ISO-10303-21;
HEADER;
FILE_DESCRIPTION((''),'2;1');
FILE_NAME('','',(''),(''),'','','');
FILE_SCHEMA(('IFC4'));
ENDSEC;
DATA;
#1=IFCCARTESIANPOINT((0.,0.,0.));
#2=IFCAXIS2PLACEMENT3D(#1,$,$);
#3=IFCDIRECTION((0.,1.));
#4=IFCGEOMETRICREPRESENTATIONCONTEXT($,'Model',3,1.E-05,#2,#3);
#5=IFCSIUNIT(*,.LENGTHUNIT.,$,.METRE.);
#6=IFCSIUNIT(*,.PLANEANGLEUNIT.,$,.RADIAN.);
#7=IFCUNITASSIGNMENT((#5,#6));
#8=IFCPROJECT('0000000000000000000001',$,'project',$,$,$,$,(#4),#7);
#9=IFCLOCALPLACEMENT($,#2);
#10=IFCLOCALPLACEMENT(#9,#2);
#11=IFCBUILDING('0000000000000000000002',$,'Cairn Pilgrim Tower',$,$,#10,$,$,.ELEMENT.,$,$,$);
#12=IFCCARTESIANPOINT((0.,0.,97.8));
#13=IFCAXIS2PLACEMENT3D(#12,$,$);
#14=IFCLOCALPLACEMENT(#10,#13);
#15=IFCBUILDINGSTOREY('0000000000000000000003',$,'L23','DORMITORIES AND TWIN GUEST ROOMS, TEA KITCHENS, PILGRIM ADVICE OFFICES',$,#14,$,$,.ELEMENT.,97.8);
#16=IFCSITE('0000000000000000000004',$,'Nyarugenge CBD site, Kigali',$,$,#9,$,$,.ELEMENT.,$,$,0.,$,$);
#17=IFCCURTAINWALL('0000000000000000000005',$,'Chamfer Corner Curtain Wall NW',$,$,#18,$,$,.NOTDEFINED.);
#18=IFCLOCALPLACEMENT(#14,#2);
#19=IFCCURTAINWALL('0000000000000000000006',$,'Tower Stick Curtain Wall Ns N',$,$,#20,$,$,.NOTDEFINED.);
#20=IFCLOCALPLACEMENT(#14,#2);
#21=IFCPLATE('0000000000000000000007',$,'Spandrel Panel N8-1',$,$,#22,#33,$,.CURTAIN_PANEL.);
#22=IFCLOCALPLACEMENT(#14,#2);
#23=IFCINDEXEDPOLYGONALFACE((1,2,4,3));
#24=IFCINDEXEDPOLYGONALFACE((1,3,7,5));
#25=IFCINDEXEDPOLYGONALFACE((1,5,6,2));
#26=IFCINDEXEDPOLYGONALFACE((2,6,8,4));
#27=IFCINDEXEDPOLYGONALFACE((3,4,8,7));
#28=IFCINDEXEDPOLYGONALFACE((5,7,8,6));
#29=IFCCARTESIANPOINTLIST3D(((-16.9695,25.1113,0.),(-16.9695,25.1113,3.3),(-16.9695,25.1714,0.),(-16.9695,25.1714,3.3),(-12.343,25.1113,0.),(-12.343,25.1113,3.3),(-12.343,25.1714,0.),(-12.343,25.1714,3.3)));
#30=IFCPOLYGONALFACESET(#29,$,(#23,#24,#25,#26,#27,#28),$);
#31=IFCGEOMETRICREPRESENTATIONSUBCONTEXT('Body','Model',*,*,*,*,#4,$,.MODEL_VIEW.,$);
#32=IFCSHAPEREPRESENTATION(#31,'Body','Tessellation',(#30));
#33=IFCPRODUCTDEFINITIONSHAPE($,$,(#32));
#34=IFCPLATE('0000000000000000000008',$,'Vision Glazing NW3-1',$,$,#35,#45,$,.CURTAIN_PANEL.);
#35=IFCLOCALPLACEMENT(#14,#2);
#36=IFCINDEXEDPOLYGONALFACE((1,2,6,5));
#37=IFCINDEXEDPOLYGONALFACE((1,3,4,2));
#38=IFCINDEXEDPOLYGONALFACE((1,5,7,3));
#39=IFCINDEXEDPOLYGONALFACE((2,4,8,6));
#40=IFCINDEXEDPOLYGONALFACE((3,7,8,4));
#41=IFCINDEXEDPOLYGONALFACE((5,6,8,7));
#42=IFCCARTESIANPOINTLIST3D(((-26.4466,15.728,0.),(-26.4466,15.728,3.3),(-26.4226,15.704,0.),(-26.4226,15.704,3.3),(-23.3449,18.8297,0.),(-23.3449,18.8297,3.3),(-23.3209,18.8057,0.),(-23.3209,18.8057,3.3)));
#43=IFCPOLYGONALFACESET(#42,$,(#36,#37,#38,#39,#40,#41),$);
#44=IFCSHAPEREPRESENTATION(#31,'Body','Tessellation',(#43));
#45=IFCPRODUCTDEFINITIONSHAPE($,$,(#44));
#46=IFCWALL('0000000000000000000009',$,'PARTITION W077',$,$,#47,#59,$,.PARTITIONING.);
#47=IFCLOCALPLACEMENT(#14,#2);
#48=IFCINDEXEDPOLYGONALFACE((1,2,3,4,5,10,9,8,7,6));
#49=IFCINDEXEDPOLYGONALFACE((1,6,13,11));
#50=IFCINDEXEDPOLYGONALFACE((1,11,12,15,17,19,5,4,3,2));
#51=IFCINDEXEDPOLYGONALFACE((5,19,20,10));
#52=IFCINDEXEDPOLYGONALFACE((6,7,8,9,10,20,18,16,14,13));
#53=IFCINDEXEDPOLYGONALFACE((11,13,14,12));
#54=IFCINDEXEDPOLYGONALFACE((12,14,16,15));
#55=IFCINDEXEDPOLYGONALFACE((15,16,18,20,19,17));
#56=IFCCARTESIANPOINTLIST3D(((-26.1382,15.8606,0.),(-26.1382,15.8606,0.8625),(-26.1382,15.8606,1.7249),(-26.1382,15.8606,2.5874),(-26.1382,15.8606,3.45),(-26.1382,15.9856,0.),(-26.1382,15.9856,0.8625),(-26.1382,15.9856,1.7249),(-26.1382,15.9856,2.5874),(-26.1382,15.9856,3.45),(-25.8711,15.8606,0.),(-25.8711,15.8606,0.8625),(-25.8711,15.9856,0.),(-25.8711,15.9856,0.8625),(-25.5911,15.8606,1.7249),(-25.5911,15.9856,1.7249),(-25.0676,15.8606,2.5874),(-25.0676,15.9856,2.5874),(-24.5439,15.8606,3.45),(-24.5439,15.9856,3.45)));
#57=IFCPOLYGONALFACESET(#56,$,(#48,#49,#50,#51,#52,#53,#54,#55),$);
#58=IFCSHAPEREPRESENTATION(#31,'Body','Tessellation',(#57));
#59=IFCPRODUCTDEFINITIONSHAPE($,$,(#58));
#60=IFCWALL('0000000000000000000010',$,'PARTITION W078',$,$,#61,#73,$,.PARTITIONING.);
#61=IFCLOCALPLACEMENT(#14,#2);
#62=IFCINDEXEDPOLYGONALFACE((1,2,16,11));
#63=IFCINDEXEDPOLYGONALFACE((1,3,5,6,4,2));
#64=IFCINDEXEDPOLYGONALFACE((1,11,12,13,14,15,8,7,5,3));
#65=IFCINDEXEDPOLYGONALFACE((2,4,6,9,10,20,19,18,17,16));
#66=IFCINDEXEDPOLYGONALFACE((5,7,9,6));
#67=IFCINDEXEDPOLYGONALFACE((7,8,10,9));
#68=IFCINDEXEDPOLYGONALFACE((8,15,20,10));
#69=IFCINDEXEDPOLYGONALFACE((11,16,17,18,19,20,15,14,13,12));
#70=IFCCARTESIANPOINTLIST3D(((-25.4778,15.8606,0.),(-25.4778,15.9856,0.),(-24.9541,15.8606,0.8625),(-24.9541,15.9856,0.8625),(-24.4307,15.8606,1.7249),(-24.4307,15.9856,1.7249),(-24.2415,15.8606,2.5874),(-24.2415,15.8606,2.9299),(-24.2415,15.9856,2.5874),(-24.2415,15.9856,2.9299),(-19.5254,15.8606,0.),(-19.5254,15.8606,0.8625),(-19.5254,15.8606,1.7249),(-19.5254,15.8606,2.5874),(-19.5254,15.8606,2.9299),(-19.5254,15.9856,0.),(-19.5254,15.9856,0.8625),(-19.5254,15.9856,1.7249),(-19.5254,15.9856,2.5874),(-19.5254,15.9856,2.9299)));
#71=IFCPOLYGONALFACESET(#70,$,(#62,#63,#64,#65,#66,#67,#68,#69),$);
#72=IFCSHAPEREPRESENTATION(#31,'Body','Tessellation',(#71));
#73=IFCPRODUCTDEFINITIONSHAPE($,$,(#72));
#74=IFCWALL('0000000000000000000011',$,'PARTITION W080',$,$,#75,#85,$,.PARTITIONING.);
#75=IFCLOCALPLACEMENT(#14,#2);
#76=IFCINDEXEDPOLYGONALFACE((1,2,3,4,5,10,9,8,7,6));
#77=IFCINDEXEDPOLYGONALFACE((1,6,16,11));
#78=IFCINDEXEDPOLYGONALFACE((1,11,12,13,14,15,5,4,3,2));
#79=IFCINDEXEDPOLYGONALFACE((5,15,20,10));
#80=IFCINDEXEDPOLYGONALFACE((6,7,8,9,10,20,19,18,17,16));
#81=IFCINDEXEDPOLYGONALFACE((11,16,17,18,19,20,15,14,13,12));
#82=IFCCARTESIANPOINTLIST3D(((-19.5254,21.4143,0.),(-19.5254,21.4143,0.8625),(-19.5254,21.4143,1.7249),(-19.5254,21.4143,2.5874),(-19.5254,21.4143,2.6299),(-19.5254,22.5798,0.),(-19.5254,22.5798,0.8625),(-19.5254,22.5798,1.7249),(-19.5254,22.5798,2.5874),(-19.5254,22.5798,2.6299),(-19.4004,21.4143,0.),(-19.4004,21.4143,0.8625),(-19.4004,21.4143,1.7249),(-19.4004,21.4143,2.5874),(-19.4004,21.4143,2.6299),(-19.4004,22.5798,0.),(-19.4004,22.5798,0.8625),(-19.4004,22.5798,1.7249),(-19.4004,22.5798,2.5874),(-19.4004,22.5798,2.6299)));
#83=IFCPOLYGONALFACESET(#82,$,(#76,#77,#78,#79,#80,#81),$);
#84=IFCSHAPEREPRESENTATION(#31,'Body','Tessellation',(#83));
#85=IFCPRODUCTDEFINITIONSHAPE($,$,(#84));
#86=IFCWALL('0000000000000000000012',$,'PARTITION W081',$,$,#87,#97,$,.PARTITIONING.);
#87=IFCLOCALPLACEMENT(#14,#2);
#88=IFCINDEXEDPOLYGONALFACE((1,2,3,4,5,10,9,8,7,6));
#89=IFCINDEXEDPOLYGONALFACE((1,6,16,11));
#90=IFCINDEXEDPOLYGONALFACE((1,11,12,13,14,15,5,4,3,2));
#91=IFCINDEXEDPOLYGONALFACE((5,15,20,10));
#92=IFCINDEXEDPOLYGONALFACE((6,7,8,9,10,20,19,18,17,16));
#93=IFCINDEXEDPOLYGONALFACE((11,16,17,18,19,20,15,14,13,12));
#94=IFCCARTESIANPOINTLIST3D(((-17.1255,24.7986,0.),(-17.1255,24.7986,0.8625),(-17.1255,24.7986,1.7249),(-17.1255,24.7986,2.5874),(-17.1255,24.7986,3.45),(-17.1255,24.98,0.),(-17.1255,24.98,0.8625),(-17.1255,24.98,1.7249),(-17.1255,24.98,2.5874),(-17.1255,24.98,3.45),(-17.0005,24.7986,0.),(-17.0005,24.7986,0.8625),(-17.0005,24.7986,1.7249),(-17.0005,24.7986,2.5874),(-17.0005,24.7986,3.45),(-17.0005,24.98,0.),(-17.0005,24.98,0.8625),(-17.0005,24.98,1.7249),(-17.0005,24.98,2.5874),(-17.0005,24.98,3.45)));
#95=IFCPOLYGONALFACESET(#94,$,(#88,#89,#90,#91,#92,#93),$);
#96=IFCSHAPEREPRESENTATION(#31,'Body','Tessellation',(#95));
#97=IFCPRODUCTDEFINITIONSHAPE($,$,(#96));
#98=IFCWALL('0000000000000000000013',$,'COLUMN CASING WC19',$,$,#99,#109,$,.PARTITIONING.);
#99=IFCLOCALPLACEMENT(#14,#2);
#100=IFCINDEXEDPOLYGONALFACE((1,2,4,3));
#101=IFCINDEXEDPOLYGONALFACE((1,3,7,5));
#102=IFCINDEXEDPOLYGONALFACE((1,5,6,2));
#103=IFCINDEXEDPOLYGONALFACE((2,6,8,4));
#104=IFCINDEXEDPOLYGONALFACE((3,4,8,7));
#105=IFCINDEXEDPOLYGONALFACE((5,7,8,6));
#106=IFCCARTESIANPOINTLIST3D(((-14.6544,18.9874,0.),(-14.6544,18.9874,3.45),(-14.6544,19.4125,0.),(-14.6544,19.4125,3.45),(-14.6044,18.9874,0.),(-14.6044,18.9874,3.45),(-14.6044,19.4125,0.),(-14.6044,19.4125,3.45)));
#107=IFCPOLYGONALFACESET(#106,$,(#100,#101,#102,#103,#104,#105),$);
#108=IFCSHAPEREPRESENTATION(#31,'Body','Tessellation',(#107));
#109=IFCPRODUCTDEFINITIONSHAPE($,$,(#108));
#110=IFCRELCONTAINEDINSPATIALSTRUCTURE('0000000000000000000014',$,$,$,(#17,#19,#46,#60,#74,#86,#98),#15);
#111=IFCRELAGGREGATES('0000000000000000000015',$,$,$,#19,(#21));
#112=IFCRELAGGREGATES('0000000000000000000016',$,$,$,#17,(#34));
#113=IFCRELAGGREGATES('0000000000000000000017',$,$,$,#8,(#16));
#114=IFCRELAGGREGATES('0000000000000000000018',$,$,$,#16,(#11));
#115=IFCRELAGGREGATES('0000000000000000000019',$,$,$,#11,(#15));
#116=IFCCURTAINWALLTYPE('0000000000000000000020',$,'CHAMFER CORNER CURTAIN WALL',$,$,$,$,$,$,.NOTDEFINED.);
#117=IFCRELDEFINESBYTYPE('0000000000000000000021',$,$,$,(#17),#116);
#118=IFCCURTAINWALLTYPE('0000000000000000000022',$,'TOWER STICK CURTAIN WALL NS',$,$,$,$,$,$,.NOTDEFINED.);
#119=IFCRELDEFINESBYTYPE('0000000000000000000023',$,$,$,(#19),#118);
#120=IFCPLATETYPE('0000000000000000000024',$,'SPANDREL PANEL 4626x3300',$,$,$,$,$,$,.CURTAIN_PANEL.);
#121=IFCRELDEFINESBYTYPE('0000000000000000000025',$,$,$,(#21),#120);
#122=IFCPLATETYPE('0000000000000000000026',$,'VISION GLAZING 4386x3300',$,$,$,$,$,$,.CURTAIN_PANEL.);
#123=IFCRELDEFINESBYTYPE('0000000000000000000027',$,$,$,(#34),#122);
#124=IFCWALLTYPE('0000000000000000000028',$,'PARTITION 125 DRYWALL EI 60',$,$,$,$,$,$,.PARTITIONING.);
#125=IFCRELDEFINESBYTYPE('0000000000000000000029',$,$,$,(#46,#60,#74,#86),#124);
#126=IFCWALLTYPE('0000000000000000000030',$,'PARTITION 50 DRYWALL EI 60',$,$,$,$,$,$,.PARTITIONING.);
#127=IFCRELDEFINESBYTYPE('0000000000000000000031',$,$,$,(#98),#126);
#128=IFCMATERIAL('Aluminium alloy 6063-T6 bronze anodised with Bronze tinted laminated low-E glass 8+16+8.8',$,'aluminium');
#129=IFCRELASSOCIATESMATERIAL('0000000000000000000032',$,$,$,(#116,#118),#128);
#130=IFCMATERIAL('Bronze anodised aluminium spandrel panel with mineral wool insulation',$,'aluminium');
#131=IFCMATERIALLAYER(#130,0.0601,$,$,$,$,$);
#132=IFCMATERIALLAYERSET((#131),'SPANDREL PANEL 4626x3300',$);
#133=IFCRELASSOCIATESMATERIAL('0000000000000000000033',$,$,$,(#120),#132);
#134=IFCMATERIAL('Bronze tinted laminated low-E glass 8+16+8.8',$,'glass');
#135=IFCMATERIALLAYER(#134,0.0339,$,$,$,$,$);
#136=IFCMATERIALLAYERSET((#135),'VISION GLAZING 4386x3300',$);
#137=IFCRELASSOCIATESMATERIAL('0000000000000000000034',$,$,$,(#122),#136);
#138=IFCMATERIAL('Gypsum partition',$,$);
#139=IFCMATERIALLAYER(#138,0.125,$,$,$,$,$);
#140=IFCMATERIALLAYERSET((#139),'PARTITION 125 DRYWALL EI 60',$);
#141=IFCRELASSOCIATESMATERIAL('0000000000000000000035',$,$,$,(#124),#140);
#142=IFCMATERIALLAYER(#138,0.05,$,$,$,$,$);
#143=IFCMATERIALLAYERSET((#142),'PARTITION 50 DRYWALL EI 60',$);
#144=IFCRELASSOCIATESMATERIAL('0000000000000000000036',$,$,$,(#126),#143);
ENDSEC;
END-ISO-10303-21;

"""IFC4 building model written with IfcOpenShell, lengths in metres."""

from ifc_helpers import new_model, si_unit, direction, frame, frame_2d, origin, origin_2d, place, context, subcontext, project, spatial, polyline, rectangle, outline, extrude, material, layer, layer_set, type_object, element, aggregate, save


model = new_model("IFC4")

# Units and contexts
model_context = context("Model", 3, precision=1e-05, world=origin(), true_north=direction((0.0, 1.0)))
body_context = subcontext(model_context, "Body", "Model", "MODEL_VIEW")
ifc_project = project(units=[si_unit("LENGTHUNIT", "METRE"), si_unit("PLANEANGLEUNIT", "RADIAN")], contexts=[model_context])

# Site, building, storey
site_placement = place(None, origin())
site = spatial("IfcSite", under=ifc_project, at=site_placement, Name="Nyarugenge CBD site, Kigali", CompositionType="ELEMENT", RefElevation=0.0)
building_placement = place(site_placement, origin())
building = spatial("IfcBuilding", under=site, at=building_placement, Name="Cairn Pilgrim Tower", CompositionType="ELEMENT")
storey_placement = place(building_placement, frame((0.0, 0.0, 97.8)))
storey = spatial("IfcBuildingStorey", under=building, at=storey_placement, Name="L23", Description="DORMITORIES AND TWIN GUEST ROOMS, TEA KITCHENS, PILGRIM ADVICE OFFICES", CompositionType="ELEMENT", Elevation=97.8)

# Curtain wall
ifc_material_1 = material(Name="Aluminium alloy 6063-T6 bronze anodised with Bronze tinted laminated low-E glass 8+16+8.8", Category="aluminium")
curtain_wall_type_1 = type_object("IfcCurtainWallType", Name="CHAMFER CORNER CURTAIN WALL", PredefinedType="NOTDEFINED", material=ifc_material_1)
curtain_wall_1_placement = place(storey_placement, origin())
curtain_wall_1 = element("IfcCurtainWall", 1, at=curtain_wall_1_placement, inside=storey, type_object=curtain_wall_type_1, Name="Chamfer Corner Curtain Wall NW", PredefinedType="NOTDEFINED")

# Shared definitions
ifc_material_2 = material(Name="Bronze anodised aluminium spandrel panel with mineral wool insulation", Category="aluminium")

# Curtain wall, plate
curtain_wall_type_2 = type_object("IfcCurtainWallType", Name="TOWER STICK CURTAIN WALL NS", PredefinedType="NOTDEFINED", material=ifc_material_1)
curtain_wall_2_placement = place(storey_placement, origin())
curtain_wall_2 = element("IfcCurtainWall", 2, at=curtain_wall_2_placement, inside=storey, type_object=curtain_wall_type_2, Name="Tower Stick Curtain Wall Ns N", PredefinedType="NOTDEFINED")
ifc_layer_1 = layer(ifc_material_2, 0.0601)
ifc_layer_set_1 = layer_set([ifc_layer_1], Name="SPANDREL PANEL 4626x3300")
plate_type_1 = type_object("IfcPlateType", Name="SPANDREL PANEL 4626x3300", PredefinedType="CURTAIN_PANEL", material=ifc_layer_set_1)
plate_1_placement = place(storey_placement, frame((-14.6562, 25.1414, 0.0), z_axis=(0.0, 0.0, 1.0), x_axis=(-1.0, 0.0, 0.0)))
plate_1 = element("IfcPlate", 3, at=plate_1_placement, type_object=plate_type_1, Name="Spandrel Panel N8-1", PredefinedType="CURTAIN_PANEL", context=body_context, shape_type="SweptSolid", body=[
    extrude(rectangle(XDim=4.6265, YDim=0.0601, at=origin_2d()), origin(), (0.0, 0.0, 1.0), 3.3),
])
aggregate(curtain_wall_2, [plate_1])

# Plate
ifc_material_3 = material(Name="Bronze tinted laminated low-E glass 8+16+8.8", Category="glass")
ifc_layer_2 = layer(ifc_material_3, 0.0339)
ifc_layer_set_2 = layer_set([ifc_layer_2], Name="VISION GLAZING 4386x3300")
plate_type_2 = type_object("IfcPlateType", Name="VISION GLAZING 4386x3300", PredefinedType="CURTAIN_PANEL", material=ifc_layer_set_2)
plate_2_placement = place(storey_placement, frame((-24.8838, 17.2668, 0.0), z_axis=(0.0, 0.0, 1.0), x_axis=(-0.707107, -0.707107, 0.0)))
plate_2 = element("IfcPlate", 4, at=plate_2_placement, type_object=plate_type_2, Name="Vision Glazing NW3-1", PredefinedType="CURTAIN_PANEL", context=body_context, shape_type="SweptSolid", body=[
    extrude(rectangle(XDim=4.3865, YDim=0.0339, at=origin_2d()), origin(), (0.0, 0.0, 1.0), 3.3),
])
aggregate(curtain_wall_1, [plate_2])

# Walls
ifc_material_4 = material(Name="Gypsum partition")
ifc_layer_3 = layer(ifc_material_4, 0.125)
ifc_layer_set_3 = layer_set([ifc_layer_3], Name="PARTITION 125 DRYWALL EI 60")
wall_type_1 = type_object("IfcWallType", Name="PARTITION 125 DRYWALL EI 60", PredefinedType="PARTITIONING", material=ifc_layer_set_3)
wall_1_placement = place(storey_placement, frame((-26.1382, 15.9231, 0.0), z_axis=(0.0, 0.0, 1.0), x_axis=(1.0, 0.0, 0.0)))
element("IfcWall", 5, at=wall_1_placement, inside=storey, type_object=wall_type_1, Name="PARTITION W077", PredefinedType="PARTITIONING", context=body_context, shape_type="SweptSolid", body=[
    extrude(outline(polyline([(0.0, 0.0), (0.2671, 0.0), (0.2671, 0.8625), (0.5471, 1.7249), (1.0706, 2.5874), (1.5942, 3.45), (0.0, 3.45), (0.0, 2.5874), (0.0, 1.7249), (0.0, 0.8625), (0.0, 0.0)])), frame((0.0, 0.0625, 0.0), z_axis=(0.0, -1.0, 0.0), x_axis=(1.0, 0.0, 0.0)), (0.0, 0.0, 1.0), 0.125),
])
wall_2_placement = place(storey_placement, frame((-25.4778, 15.9231, 0.0), z_axis=(0.0, 0.0, 1.0), x_axis=(1.0, 0.0, 0.0)))
element("IfcWall", 6, at=wall_2_placement, inside=storey, type_object=wall_type_1, Name="PARTITION W078", PredefinedType="PARTITIONING", context=body_context, shape_type="SweptSolid", body=[
    extrude(outline(polyline([(0.0, 0.0), (5.9524, 0.0), (5.9524, 0.8625), (5.9524, 1.7249), (5.9524, 2.5874), (5.9524, 2.9299), (1.2363, 2.9299), (1.2363, 2.5874), (1.0471, 1.7249), (0.5237, 0.8625), (0.0, 0.0)])), frame((0.0, 0.0625, 0.0), z_axis=(0.0, -1.0, 0.0), x_axis=(1.0, 0.0, 0.0)), (0.0, 0.0, 1.0), 0.125),
])
wall_3_placement = place(storey_placement, frame((-19.4629, 21.4143, 0.0), z_axis=(0.0, 0.0, 1.0), x_axis=(0.0, 1.0, 0.0)))
element("IfcWall", 7, at=wall_3_placement, inside=storey, type_object=wall_type_1, Name="PARTITION W080", PredefinedType="PARTITIONING", context=body_context, shape_type="SweptSolid", body=[
    extrude(outline(polyline([(0.0, 0.0), (1.1655, 0.0), (1.1655, 0.8625), (1.1655, 1.7249), (1.1655, 2.5874), (1.1655, 2.6299), (0.0, 2.6299), (0.0, 2.5874), (0.0, 1.7249), (0.0, 0.8625), (0.0, 0.0)])), frame((0.0, 0.0625, 0.0), z_axis=(0.0, -1.0, 0.0), x_axis=(1.0, 0.0, 0.0)), (0.0, 0.0, 1.0), 0.125),
])
wall_4_placement = place(storey_placement, frame((-17.063, 24.7986, 0.0), z_axis=(0.0, 0.0, 1.0), x_axis=(0.0, 1.0, 0.0)))
element("IfcWall", 8, at=wall_4_placement, inside=storey, type_object=wall_type_1, Name="PARTITION W081", PredefinedType="PARTITIONING", context=body_context, shape_type="SweptSolid", body=[
    extrude(outline(polyline([(0.0, 0.0), (0.1814, 0.0), (0.1814, 0.8625), (0.1814, 1.7249), (0.1814, 2.5874), (0.1814, 3.45), (0.0, 3.45), (0.0, 2.5874), (0.0, 1.7249), (0.0, 0.8625), (0.0, 0.0)])), frame((0.0, 0.0625, 0.0), z_axis=(0.0, -1.0, 0.0), x_axis=(1.0, 0.0, 0.0)), (0.0, 0.0, 1.0), 0.125),
])
ifc_layer_4 = layer(ifc_material_4, 0.05)
ifc_layer_set_4 = layer_set([ifc_layer_4], Name="PARTITION 50 DRYWALL EI 60")
wall_type_2 = type_object("IfcWallType", Name="PARTITION 50 DRYWALL EI 60", PredefinedType="PARTITIONING", material=ifc_layer_set_4)
wall_5_placement = place(storey_placement, frame((-14.6294, 18.9875, 0.0), z_axis=(0.0, 0.0, 1.0), x_axis=(0.0, 1.0, 0.0)))
element("IfcWall", 9, at=wall_5_placement, inside=storey, type_object=wall_type_2, Name="COLUMN CASING WC19", PredefinedType="PARTITIONING", context=body_context, shape_type="SweptSolid", body=[
    extrude(rectangle(XDim=0.425, YDim=0.05, at=frame_2d((0.2124, 0.0))), origin(), (0.0, 0.0, 1.0), 3.45),
])

save(model, "model.ifc")
